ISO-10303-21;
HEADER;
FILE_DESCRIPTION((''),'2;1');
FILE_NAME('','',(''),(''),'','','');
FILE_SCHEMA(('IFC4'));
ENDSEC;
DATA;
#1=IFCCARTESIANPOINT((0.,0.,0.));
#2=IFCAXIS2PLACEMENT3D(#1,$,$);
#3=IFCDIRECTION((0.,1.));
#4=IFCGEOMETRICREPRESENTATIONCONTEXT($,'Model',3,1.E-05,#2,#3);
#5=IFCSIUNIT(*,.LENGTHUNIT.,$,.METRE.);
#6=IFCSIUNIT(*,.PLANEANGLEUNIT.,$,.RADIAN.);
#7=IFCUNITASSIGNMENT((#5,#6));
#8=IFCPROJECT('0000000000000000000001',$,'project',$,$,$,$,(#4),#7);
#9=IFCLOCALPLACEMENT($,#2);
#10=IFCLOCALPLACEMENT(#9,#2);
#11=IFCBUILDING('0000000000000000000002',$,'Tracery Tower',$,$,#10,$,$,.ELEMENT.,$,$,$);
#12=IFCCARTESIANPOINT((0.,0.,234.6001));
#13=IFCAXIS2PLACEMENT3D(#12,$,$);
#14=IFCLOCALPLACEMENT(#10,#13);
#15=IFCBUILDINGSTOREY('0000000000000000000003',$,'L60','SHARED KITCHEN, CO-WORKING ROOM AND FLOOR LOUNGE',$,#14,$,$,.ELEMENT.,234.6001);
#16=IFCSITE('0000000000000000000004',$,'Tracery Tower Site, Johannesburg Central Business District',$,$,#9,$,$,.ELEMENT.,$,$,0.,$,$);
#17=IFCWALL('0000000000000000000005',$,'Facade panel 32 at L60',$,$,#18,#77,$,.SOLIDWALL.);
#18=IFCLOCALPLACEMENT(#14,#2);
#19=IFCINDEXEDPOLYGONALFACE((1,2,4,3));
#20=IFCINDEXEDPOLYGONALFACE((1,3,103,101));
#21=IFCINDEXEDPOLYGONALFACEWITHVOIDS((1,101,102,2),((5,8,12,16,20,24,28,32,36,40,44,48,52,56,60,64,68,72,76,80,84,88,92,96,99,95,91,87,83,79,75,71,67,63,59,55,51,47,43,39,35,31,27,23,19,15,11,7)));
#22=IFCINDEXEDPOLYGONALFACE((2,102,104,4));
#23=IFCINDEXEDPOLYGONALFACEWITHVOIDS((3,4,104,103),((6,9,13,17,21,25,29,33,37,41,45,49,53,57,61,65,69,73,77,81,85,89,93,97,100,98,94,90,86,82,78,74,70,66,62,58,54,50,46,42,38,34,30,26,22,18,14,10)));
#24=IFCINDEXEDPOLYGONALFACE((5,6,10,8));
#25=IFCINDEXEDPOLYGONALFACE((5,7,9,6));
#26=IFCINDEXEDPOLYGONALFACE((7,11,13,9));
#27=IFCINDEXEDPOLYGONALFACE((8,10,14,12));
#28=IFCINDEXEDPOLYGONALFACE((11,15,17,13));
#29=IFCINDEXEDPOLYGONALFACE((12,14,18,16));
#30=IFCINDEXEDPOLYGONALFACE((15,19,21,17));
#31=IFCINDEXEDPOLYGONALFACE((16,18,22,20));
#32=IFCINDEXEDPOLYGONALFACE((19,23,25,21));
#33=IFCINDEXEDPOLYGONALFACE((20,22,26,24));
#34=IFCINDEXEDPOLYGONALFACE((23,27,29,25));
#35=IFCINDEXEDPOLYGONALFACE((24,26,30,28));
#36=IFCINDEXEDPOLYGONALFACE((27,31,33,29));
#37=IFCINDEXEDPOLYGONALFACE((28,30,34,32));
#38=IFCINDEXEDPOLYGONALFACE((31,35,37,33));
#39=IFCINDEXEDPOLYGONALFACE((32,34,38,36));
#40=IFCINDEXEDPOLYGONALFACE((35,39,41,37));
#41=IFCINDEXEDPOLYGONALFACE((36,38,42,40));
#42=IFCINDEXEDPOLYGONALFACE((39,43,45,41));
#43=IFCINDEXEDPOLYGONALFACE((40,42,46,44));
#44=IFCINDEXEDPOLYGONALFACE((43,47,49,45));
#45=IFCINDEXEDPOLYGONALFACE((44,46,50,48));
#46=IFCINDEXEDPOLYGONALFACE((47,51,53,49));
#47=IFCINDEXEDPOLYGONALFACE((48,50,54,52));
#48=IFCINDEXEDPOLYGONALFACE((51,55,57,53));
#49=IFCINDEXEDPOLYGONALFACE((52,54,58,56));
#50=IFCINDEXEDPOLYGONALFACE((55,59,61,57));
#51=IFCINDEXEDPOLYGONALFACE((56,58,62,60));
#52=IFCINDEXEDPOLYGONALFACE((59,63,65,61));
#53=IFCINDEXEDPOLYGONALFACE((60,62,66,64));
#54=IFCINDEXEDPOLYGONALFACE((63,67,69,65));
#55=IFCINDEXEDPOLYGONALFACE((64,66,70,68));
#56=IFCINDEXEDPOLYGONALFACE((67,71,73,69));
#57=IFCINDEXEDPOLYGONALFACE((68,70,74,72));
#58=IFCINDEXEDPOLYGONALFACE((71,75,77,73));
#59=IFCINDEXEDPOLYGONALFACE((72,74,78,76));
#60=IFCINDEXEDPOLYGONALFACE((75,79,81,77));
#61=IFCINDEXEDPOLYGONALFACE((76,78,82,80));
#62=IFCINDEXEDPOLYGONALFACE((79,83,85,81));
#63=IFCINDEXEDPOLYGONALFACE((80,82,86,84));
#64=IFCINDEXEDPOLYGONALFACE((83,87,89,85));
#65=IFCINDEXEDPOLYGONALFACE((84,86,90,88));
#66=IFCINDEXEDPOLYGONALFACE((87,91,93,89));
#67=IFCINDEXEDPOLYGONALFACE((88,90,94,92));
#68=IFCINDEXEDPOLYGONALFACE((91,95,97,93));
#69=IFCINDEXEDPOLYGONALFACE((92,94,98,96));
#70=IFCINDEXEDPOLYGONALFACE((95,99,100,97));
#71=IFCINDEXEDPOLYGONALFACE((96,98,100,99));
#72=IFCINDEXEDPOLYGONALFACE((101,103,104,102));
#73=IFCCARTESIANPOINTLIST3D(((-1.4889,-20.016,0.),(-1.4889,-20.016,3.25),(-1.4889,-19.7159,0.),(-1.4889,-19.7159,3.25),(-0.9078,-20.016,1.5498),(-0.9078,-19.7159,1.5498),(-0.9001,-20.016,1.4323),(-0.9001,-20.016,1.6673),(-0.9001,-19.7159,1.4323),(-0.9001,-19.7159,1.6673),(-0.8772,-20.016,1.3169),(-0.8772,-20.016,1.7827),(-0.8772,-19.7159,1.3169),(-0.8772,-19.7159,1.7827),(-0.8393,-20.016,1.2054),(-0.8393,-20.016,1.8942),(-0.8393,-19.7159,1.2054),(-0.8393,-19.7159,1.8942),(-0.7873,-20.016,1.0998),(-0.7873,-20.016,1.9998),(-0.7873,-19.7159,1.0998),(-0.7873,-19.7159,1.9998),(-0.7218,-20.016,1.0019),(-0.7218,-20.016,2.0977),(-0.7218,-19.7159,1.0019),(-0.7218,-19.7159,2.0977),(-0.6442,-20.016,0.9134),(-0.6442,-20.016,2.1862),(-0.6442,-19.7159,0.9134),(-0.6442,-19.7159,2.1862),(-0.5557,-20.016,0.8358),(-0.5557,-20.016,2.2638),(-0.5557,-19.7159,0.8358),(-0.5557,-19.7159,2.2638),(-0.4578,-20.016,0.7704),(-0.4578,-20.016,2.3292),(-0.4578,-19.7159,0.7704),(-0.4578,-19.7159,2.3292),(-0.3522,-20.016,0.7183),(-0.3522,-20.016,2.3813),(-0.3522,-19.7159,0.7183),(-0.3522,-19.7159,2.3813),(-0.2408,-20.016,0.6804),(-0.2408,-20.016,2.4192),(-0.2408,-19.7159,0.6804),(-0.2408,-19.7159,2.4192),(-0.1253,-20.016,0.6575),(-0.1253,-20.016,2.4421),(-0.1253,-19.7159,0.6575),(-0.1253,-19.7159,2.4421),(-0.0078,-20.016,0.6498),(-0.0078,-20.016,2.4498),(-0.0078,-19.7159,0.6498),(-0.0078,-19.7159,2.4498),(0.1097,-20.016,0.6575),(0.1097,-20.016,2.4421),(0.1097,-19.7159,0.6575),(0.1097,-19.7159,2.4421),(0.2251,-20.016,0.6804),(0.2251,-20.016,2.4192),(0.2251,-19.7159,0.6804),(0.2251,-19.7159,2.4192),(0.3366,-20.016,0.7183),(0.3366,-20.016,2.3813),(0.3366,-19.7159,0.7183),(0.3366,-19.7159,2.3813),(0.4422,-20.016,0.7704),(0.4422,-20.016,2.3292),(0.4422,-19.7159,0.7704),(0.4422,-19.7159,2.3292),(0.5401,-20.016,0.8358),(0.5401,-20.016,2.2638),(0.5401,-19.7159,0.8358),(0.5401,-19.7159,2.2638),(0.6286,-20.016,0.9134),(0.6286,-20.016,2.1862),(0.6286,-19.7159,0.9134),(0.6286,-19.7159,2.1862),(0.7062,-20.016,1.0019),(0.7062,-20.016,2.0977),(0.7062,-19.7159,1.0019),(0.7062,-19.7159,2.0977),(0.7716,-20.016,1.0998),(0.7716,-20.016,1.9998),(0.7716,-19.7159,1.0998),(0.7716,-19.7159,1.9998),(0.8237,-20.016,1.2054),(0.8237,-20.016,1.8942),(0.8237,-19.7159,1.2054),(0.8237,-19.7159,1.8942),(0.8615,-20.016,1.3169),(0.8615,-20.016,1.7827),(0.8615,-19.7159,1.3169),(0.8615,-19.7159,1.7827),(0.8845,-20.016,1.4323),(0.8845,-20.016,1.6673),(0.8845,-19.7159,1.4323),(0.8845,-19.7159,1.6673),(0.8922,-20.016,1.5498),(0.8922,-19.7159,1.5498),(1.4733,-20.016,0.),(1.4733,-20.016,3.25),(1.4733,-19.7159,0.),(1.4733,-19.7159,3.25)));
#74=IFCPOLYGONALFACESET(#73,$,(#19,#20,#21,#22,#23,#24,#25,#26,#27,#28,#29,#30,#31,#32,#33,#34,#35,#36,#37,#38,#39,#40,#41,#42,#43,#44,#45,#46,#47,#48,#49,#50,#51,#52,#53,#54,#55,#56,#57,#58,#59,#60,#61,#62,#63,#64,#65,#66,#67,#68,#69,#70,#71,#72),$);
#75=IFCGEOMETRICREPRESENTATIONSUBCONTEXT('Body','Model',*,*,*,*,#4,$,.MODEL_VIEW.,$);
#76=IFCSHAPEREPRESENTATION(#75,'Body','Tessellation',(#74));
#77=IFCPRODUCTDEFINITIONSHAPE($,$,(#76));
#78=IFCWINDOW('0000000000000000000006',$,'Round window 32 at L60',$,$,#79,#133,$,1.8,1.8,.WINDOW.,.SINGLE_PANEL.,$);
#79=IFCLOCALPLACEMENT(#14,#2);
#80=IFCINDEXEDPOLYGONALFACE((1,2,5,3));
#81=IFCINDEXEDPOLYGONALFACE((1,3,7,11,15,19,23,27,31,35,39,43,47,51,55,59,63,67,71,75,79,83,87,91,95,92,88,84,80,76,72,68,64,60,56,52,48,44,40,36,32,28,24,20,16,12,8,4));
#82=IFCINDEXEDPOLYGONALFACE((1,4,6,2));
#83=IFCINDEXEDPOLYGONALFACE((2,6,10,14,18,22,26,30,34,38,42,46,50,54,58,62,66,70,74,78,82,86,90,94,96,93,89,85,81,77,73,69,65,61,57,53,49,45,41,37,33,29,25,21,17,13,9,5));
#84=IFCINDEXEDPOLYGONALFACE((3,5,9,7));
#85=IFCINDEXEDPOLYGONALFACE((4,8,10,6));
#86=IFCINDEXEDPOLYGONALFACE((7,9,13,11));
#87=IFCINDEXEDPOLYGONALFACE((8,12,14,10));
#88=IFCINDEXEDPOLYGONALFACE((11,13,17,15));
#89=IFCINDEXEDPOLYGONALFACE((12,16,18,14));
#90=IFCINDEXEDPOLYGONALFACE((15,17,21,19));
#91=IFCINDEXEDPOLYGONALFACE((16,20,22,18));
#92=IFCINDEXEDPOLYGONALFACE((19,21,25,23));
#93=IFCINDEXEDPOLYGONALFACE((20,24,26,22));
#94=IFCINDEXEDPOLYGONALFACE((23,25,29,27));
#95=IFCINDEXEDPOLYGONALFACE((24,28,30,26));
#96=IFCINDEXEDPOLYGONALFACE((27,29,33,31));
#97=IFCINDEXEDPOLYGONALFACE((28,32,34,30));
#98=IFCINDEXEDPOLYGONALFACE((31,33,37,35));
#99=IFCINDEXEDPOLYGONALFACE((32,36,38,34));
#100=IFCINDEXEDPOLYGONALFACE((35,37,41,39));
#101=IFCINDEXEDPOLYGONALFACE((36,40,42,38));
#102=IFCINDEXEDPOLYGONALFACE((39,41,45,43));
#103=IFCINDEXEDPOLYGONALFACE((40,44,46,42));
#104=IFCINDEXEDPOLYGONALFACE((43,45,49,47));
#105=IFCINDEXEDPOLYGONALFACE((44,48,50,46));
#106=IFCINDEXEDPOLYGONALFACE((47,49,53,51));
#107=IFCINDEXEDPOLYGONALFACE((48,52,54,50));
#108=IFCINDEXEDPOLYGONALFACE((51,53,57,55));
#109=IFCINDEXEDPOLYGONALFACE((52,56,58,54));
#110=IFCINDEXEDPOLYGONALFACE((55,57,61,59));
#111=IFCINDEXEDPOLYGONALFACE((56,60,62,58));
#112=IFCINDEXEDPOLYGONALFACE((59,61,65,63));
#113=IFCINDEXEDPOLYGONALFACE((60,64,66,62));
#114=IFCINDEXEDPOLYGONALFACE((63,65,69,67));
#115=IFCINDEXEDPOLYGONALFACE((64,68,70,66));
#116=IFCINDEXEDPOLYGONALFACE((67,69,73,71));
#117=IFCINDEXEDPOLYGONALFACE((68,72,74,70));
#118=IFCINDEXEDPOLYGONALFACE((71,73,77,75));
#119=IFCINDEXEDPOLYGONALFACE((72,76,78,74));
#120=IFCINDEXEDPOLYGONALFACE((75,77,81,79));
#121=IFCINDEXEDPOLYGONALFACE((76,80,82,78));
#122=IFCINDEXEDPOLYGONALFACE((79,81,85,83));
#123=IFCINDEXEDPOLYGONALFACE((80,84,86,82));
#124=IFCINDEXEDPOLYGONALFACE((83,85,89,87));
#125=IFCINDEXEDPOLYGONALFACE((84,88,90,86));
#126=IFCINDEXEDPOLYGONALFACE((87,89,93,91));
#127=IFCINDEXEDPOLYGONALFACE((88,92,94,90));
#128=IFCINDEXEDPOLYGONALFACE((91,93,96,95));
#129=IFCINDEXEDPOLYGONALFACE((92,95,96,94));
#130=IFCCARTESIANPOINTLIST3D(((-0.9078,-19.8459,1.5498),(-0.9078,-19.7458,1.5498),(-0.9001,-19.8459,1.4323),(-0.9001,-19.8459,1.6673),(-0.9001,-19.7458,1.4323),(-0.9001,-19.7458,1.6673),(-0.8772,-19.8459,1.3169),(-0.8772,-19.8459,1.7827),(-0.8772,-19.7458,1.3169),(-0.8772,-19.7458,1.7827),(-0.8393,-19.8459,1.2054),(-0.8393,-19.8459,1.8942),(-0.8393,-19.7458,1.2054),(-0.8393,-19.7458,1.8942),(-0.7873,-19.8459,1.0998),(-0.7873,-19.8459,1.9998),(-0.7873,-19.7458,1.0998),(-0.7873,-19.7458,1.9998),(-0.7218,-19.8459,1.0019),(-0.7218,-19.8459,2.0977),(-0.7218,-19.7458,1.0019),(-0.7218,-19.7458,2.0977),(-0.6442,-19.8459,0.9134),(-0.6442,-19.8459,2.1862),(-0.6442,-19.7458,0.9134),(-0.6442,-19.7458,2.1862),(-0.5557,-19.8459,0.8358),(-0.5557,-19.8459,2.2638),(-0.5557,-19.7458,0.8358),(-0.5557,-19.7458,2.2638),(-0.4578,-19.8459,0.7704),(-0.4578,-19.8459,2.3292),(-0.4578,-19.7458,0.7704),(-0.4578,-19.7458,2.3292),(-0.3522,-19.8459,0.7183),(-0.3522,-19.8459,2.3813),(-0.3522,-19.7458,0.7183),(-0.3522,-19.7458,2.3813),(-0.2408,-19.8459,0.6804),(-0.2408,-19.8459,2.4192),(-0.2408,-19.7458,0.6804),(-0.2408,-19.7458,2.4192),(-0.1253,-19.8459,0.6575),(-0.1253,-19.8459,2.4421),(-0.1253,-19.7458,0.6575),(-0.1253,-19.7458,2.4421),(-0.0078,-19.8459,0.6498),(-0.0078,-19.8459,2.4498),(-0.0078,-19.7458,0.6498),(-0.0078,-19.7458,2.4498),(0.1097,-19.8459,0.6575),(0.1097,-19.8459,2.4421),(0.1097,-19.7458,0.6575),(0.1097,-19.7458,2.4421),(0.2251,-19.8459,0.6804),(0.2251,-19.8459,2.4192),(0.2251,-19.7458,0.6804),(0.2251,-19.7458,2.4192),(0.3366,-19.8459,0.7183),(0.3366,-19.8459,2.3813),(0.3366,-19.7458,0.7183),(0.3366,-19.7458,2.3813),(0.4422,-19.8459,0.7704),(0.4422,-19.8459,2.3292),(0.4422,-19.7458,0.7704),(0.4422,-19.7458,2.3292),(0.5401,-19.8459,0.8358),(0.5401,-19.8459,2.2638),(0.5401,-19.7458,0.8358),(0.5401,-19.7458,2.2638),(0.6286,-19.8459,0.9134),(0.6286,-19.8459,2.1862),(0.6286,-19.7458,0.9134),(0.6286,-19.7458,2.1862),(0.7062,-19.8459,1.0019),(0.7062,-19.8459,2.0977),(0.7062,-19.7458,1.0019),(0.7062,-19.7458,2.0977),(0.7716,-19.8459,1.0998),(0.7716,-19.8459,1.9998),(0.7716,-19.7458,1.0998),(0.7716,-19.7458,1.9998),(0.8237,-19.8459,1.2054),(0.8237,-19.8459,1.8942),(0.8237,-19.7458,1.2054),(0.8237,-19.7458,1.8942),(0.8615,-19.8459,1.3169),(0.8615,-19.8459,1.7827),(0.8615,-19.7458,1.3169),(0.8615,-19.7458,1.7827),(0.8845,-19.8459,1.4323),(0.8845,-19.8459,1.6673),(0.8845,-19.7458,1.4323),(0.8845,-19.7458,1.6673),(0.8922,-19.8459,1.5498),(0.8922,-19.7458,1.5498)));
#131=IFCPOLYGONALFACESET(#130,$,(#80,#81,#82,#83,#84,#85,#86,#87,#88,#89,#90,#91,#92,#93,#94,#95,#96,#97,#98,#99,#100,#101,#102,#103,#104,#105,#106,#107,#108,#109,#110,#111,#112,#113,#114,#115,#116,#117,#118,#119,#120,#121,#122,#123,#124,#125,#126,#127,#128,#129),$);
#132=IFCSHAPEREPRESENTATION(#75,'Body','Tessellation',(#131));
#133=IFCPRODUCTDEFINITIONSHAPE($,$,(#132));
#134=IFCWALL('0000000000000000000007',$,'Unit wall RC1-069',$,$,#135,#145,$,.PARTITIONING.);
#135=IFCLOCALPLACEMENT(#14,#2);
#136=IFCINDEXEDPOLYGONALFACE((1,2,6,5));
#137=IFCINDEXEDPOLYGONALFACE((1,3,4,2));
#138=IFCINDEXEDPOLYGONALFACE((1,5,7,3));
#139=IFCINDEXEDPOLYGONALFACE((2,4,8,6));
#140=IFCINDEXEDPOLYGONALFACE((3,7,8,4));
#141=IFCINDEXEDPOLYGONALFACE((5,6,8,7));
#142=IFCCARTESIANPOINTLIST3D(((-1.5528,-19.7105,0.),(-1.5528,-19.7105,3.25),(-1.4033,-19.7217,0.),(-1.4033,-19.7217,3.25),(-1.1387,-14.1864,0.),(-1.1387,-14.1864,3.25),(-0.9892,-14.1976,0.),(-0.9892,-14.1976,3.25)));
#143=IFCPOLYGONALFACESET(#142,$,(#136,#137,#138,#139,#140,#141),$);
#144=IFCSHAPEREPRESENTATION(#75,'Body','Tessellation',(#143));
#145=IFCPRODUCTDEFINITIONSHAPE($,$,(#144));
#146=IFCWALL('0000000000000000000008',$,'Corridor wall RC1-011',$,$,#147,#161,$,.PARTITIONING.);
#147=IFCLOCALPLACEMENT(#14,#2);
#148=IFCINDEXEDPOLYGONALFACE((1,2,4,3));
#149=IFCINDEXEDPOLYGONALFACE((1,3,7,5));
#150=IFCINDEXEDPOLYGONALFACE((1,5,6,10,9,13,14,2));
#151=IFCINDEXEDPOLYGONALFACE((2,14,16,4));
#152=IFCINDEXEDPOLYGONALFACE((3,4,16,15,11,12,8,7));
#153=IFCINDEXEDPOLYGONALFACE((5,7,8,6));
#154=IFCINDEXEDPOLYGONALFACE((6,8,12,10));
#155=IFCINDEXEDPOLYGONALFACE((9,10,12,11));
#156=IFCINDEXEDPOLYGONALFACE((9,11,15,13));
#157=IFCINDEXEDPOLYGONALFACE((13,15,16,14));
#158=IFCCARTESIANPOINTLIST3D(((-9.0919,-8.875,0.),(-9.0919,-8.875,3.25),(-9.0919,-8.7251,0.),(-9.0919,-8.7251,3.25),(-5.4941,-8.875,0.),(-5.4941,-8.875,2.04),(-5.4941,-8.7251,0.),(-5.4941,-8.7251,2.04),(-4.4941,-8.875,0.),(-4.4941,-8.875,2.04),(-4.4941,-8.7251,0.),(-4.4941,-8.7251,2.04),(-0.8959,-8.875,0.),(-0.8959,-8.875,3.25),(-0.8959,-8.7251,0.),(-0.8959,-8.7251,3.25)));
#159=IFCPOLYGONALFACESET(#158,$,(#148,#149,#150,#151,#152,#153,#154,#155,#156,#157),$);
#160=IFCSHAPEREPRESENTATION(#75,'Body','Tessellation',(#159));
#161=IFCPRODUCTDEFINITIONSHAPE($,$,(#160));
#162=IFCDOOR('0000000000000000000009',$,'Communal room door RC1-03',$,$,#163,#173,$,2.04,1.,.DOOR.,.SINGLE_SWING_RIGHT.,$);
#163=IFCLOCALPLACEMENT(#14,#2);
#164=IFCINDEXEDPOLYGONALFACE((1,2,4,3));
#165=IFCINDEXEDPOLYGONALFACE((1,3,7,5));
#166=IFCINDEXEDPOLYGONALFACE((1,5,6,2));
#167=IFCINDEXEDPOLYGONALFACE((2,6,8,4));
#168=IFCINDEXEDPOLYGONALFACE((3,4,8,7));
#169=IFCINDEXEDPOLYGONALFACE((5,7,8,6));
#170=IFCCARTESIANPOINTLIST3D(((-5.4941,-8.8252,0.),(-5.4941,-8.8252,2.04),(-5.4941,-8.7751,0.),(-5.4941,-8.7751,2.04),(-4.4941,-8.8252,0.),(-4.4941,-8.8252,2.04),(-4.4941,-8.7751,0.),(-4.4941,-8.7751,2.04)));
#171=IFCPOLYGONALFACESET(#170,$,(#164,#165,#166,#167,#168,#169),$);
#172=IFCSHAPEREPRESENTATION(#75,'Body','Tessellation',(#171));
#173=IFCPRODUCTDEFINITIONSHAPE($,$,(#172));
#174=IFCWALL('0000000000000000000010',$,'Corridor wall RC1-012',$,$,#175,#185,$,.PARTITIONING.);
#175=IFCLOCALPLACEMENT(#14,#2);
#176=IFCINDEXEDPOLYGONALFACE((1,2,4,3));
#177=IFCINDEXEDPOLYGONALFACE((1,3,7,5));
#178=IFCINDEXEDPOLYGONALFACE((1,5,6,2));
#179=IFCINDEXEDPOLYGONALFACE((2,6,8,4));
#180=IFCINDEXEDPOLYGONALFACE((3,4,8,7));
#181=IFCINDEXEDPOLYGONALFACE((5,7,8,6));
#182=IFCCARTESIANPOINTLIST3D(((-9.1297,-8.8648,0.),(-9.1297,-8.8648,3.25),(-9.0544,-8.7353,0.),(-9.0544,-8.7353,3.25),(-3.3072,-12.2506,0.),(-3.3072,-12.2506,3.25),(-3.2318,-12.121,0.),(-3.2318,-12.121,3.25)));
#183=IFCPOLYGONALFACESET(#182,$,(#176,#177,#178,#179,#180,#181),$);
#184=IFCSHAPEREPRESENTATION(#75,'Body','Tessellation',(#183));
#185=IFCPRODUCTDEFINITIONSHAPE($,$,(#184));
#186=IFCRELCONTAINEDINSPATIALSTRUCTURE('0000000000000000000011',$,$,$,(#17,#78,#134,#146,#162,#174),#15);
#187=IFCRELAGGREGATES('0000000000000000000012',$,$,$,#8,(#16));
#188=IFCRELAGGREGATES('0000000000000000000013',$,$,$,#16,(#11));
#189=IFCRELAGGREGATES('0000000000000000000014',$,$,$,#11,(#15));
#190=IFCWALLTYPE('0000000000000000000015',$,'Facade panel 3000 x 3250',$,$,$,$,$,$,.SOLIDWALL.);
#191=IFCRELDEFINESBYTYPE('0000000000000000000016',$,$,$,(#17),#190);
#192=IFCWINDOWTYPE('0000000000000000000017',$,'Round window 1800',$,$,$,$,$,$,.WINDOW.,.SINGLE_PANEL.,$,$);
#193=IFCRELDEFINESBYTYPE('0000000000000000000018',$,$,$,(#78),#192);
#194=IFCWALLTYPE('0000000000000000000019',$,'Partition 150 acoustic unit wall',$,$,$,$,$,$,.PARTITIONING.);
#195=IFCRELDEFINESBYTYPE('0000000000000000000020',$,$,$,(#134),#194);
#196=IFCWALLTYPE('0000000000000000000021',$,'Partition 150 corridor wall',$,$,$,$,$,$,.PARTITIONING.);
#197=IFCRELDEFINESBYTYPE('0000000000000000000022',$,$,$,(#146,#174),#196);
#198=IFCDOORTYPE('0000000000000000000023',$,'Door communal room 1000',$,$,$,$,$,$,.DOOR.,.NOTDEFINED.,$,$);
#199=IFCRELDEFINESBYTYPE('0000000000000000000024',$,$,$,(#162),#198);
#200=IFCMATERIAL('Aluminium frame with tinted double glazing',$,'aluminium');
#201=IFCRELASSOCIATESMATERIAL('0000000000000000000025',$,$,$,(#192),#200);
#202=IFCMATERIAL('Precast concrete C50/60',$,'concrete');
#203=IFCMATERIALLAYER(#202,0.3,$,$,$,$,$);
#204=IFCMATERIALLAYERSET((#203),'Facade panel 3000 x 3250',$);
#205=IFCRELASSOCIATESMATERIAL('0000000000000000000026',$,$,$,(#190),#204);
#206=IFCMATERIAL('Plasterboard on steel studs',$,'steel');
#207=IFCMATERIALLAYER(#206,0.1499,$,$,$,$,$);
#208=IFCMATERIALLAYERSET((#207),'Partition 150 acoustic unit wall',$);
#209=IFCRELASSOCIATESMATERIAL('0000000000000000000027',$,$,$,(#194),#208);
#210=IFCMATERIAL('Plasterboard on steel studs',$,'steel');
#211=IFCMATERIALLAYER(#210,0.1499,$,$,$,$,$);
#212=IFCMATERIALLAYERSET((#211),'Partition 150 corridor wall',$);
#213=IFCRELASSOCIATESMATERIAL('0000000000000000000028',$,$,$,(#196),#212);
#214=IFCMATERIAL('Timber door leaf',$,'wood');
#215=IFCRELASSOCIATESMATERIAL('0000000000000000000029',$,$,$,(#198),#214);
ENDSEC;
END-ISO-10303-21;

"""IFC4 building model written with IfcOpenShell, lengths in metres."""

from ifc_helpers import new_model, si_unit, direction, frame, frame_2d, origin, origin_2d, place, context, subcontext, project, spatial, rectangle, circle, extrude, material, layer, layer_set, type_object, element, fill, save


model = new_model("IFC4")

# Units and contexts
model_context = context("Model", 3, precision=1e-05, world=origin(), true_north=direction((0.0, 1.0)))
body_context = subcontext(model_context, "Body", "Model", "MODEL_VIEW")
ifc_project = project(units=[si_unit("LENGTHUNIT", "METRE"), si_unit("PLANEANGLEUNIT", "RADIAN")], contexts=[model_context])

# Site, building, storey
site_placement = place(None, origin())
site = spatial("IfcSite", under=ifc_project, at=site_placement, Name="Tracery Tower Site, Johannesburg Central Business District", CompositionType="ELEMENT", RefElevation=0.0)
building_placement = place(site_placement, origin())
building = spatial("IfcBuilding", under=site, at=building_placement, Name="Tracery Tower", CompositionType="ELEMENT")
storey_placement = place(building_placement, frame((0.0, 0.0, 234.6001)))
storey = spatial("IfcBuildingStorey", under=building, at=storey_placement, Name="L60", Description="SHARED KITCHEN, CO-WORKING ROOM AND FLOOR LOUNGE", CompositionType="ELEMENT", Elevation=234.6001)

# Wall, opening, window
ifc_material_1 = material(Name="Aluminium frame with tinted double glazing", Category="aluminium")
window_type = type_object("IfcWindowType", Name="Round window 1800", PartitioningType="SINGLE_PANEL", PredefinedType="WINDOW", material=ifc_material_1)
ifc_material_2 = material(Name="Precast concrete C50/60", Category="concrete")
ifc_layer_1 = layer(ifc_material_2, 0.3)
ifc_layer_set_1 = layer_set([ifc_layer_1], Name="Facade panel 3000 x 3250")
wall_type_1 = type_object("IfcWallType", Name="Facade panel 3000 x 3250", PredefinedType="SOLIDWALL", material=ifc_layer_set_1)
wall_1_placement = place(storey_placement, frame((-1.4888, -19.866, 0.0), z_axis=(0.0, 0.0, 1.0), x_axis=(1.0, 0.0, 0.0)))
wall_1 = element("IfcWall", 1, at=wall_1_placement, inside=storey, type_object=wall_type_1, Name="Facade panel 32 at L60", PredefinedType="SOLIDWALL", context=body_context, shape_type="SweptSolid", body=[
    extrude(rectangle(XDim=2.9622, YDim=0.3, at=frame_2d((1.481, 0.0))), origin(), (0.0, 0.0, 1.0), 3.25),
])
opening_1_placement = place(wall_1_placement, frame((1.481, 0.0, 1.5498)))
opening_1 = element("IfcOpeningElement", 2, at=opening_1_placement, cuts=wall_1, PredefinedType="OPENING", context=body_context, shape_type="SweptSolid", body=[
    extrude(circle(Radius=0.9, at=origin_2d()), frame((0.0, 0.1599, 0.0), z_axis=(0.0, -1.0, 0.0), x_axis=(1.0, 0.0, 0.0)), (0.0, 0.0, 1.0), 0.3201),
])
window_1_placement = place(opening_1_placement, origin())
window_1 = element("IfcWindow", 3, at=window_1_placement, inside=storey, type_object=window_type, Name="Round window 32 at L60", OverallHeight=1.8, OverallWidth=1.8, PartitioningType="SINGLE_PANEL", PredefinedType="WINDOW", context=body_context, shape_type="SweptSolid", body=[
    extrude(circle(Radius=0.9, at=origin_2d()), frame((0.0, 0.1201, 0.0), z_axis=(0.0, -1.0, 0.0), x_axis=(1.0, 0.0, 0.0)), (0.0, 0.0, 1.0), 0.1001),
])
fill(opening_1, window_1)

# Wall
ifc_material_3 = material(Name="Plasterboard on steel studs", Category="steel")
ifc_layer_2 = layer(ifc_material_3, 0.1499)
ifc_layer_set_2 = layer_set([ifc_layer_2], Name="Partition 150 acoustic unit wall")
wall_type_2 = type_object("IfcWallType", Name="Partition 150 acoustic unit wall", PredefinedType="PARTITIONING", material=ifc_layer_set_2)
wall_2_placement = place(storey_placement, frame((-1.478, -19.7161, 0.0), z_axis=(0.0, 0.0, 1.0), x_axis=(0.074745, 0.997203, 0.0)))
element("IfcWall", 4, at=wall_2_placement, inside=storey, type_object=wall_type_2, Name="Unit wall RC1-069", PredefinedType="PARTITIONING", context=body_context, shape_type="SweptSolid", body=[
    extrude(rectangle(XDim=5.5396, YDim=0.1499, at=frame_2d((2.7698, 0.0))), origin(), (0.0, 0.0, 1.0), 3.25),
])

# Wall, opening, door
ifc_material_4 = material(Name="Plasterboard on steel studs", Category="steel")
ifc_layer_3 = layer(ifc_material_4, 0.1499)
ifc_layer_set_3 = layer_set([ifc_layer_3], Name="Partition 150 corridor wall")
wall_type_3 = type_object("IfcWallType", Name="Partition 150 corridor wall", PredefinedType="PARTITIONING", material=ifc_layer_set_3)
wall_3_placement = place(storey_placement, frame((-9.092, -8.8, 0.0), z_axis=(0.0, 0.0, 1.0), x_axis=(1.0, 0.0, 0.0)))
wall_3 = element("IfcWall", 5, at=wall_3_placement, inside=storey, type_object=wall_type_3, Name="Corridor wall RC1-011", PredefinedType="PARTITIONING", context=body_context, shape_type="SweptSolid", body=[
    extrude(rectangle(XDim=8.196, YDim=0.1499, at=frame_2d((4.0981, 0.0))), origin(), (0.0, 0.0, 1.0), 3.25),
])
opening_2_placement = place(wall_3_placement, frame((3.5979, 0.0, 0.0)))
opening_2 = element("IfcOpeningElement", 6, at=opening_2_placement, cuts=wall_3, PredefinedType="OPENING", context=body_context, shape_type="SweptSolid", body=[
    extrude(rectangle(XDim=1.0, YDim=2.04, at=frame_2d((0.5, 1.02))), frame((0.0, 0.075, 0.0), z_axis=(0.0, -1.0, 0.0), x_axis=(1.0, 0.0, 0.0)), (0.0, 0.0, 1.0), 0.1499),
])
ifc_material_5 = material(Name="Timber door leaf", Category="wood")
door_type_1 = type_object("IfcDoorType", Name="Door communal room 1000", OperationType="NOTDEFINED", PredefinedType="DOOR", material=ifc_material_5)
door_1_placement = place(opening_2_placement, origin())
door_1 = element("IfcDoor", 7, at=door_1_placement, inside=storey, type_object=door_type_1, Name="Communal room door RC1-03", OperationType="SINGLE_SWING_RIGHT", OverallHeight=2.04, OverallWidth=1.0, PredefinedType="DOOR", context=body_context, shape_type="SweptSolid", body=[
    extrude(rectangle(XDim=1.0, YDim=2.04, at=frame_2d((0.5, 1.02))), frame((0.0, 0.0249, 0.0), z_axis=(0.0, -1.0, 0.0), x_axis=(1.0, 0.0, 0.0)), (0.0, 0.0, 1.0), 0.05),
])
fill(opening_2, door_1)

# Wall
wall_4_placement = place(storey_placement, frame((-9.092, -8.8, 0.0), z_axis=(0.0, 0.0, 1.0), x_axis=(0.864471, -0.502683, 0.0)))
element("IfcWall", 8, at=wall_4_placement, inside=storey, type_object=wall_type_3, Name="Corridor wall RC1-012", PredefinedType="PARTITIONING", context=body_context, shape_type="SweptSolid", body=[
    extrude(rectangle(XDim=6.7354, YDim=0.1499, at=frame_2d((3.3677, 0.0))), origin(), (0.0, 0.0, 1.0), 3.25),
])

save(model, "model.ifc")
